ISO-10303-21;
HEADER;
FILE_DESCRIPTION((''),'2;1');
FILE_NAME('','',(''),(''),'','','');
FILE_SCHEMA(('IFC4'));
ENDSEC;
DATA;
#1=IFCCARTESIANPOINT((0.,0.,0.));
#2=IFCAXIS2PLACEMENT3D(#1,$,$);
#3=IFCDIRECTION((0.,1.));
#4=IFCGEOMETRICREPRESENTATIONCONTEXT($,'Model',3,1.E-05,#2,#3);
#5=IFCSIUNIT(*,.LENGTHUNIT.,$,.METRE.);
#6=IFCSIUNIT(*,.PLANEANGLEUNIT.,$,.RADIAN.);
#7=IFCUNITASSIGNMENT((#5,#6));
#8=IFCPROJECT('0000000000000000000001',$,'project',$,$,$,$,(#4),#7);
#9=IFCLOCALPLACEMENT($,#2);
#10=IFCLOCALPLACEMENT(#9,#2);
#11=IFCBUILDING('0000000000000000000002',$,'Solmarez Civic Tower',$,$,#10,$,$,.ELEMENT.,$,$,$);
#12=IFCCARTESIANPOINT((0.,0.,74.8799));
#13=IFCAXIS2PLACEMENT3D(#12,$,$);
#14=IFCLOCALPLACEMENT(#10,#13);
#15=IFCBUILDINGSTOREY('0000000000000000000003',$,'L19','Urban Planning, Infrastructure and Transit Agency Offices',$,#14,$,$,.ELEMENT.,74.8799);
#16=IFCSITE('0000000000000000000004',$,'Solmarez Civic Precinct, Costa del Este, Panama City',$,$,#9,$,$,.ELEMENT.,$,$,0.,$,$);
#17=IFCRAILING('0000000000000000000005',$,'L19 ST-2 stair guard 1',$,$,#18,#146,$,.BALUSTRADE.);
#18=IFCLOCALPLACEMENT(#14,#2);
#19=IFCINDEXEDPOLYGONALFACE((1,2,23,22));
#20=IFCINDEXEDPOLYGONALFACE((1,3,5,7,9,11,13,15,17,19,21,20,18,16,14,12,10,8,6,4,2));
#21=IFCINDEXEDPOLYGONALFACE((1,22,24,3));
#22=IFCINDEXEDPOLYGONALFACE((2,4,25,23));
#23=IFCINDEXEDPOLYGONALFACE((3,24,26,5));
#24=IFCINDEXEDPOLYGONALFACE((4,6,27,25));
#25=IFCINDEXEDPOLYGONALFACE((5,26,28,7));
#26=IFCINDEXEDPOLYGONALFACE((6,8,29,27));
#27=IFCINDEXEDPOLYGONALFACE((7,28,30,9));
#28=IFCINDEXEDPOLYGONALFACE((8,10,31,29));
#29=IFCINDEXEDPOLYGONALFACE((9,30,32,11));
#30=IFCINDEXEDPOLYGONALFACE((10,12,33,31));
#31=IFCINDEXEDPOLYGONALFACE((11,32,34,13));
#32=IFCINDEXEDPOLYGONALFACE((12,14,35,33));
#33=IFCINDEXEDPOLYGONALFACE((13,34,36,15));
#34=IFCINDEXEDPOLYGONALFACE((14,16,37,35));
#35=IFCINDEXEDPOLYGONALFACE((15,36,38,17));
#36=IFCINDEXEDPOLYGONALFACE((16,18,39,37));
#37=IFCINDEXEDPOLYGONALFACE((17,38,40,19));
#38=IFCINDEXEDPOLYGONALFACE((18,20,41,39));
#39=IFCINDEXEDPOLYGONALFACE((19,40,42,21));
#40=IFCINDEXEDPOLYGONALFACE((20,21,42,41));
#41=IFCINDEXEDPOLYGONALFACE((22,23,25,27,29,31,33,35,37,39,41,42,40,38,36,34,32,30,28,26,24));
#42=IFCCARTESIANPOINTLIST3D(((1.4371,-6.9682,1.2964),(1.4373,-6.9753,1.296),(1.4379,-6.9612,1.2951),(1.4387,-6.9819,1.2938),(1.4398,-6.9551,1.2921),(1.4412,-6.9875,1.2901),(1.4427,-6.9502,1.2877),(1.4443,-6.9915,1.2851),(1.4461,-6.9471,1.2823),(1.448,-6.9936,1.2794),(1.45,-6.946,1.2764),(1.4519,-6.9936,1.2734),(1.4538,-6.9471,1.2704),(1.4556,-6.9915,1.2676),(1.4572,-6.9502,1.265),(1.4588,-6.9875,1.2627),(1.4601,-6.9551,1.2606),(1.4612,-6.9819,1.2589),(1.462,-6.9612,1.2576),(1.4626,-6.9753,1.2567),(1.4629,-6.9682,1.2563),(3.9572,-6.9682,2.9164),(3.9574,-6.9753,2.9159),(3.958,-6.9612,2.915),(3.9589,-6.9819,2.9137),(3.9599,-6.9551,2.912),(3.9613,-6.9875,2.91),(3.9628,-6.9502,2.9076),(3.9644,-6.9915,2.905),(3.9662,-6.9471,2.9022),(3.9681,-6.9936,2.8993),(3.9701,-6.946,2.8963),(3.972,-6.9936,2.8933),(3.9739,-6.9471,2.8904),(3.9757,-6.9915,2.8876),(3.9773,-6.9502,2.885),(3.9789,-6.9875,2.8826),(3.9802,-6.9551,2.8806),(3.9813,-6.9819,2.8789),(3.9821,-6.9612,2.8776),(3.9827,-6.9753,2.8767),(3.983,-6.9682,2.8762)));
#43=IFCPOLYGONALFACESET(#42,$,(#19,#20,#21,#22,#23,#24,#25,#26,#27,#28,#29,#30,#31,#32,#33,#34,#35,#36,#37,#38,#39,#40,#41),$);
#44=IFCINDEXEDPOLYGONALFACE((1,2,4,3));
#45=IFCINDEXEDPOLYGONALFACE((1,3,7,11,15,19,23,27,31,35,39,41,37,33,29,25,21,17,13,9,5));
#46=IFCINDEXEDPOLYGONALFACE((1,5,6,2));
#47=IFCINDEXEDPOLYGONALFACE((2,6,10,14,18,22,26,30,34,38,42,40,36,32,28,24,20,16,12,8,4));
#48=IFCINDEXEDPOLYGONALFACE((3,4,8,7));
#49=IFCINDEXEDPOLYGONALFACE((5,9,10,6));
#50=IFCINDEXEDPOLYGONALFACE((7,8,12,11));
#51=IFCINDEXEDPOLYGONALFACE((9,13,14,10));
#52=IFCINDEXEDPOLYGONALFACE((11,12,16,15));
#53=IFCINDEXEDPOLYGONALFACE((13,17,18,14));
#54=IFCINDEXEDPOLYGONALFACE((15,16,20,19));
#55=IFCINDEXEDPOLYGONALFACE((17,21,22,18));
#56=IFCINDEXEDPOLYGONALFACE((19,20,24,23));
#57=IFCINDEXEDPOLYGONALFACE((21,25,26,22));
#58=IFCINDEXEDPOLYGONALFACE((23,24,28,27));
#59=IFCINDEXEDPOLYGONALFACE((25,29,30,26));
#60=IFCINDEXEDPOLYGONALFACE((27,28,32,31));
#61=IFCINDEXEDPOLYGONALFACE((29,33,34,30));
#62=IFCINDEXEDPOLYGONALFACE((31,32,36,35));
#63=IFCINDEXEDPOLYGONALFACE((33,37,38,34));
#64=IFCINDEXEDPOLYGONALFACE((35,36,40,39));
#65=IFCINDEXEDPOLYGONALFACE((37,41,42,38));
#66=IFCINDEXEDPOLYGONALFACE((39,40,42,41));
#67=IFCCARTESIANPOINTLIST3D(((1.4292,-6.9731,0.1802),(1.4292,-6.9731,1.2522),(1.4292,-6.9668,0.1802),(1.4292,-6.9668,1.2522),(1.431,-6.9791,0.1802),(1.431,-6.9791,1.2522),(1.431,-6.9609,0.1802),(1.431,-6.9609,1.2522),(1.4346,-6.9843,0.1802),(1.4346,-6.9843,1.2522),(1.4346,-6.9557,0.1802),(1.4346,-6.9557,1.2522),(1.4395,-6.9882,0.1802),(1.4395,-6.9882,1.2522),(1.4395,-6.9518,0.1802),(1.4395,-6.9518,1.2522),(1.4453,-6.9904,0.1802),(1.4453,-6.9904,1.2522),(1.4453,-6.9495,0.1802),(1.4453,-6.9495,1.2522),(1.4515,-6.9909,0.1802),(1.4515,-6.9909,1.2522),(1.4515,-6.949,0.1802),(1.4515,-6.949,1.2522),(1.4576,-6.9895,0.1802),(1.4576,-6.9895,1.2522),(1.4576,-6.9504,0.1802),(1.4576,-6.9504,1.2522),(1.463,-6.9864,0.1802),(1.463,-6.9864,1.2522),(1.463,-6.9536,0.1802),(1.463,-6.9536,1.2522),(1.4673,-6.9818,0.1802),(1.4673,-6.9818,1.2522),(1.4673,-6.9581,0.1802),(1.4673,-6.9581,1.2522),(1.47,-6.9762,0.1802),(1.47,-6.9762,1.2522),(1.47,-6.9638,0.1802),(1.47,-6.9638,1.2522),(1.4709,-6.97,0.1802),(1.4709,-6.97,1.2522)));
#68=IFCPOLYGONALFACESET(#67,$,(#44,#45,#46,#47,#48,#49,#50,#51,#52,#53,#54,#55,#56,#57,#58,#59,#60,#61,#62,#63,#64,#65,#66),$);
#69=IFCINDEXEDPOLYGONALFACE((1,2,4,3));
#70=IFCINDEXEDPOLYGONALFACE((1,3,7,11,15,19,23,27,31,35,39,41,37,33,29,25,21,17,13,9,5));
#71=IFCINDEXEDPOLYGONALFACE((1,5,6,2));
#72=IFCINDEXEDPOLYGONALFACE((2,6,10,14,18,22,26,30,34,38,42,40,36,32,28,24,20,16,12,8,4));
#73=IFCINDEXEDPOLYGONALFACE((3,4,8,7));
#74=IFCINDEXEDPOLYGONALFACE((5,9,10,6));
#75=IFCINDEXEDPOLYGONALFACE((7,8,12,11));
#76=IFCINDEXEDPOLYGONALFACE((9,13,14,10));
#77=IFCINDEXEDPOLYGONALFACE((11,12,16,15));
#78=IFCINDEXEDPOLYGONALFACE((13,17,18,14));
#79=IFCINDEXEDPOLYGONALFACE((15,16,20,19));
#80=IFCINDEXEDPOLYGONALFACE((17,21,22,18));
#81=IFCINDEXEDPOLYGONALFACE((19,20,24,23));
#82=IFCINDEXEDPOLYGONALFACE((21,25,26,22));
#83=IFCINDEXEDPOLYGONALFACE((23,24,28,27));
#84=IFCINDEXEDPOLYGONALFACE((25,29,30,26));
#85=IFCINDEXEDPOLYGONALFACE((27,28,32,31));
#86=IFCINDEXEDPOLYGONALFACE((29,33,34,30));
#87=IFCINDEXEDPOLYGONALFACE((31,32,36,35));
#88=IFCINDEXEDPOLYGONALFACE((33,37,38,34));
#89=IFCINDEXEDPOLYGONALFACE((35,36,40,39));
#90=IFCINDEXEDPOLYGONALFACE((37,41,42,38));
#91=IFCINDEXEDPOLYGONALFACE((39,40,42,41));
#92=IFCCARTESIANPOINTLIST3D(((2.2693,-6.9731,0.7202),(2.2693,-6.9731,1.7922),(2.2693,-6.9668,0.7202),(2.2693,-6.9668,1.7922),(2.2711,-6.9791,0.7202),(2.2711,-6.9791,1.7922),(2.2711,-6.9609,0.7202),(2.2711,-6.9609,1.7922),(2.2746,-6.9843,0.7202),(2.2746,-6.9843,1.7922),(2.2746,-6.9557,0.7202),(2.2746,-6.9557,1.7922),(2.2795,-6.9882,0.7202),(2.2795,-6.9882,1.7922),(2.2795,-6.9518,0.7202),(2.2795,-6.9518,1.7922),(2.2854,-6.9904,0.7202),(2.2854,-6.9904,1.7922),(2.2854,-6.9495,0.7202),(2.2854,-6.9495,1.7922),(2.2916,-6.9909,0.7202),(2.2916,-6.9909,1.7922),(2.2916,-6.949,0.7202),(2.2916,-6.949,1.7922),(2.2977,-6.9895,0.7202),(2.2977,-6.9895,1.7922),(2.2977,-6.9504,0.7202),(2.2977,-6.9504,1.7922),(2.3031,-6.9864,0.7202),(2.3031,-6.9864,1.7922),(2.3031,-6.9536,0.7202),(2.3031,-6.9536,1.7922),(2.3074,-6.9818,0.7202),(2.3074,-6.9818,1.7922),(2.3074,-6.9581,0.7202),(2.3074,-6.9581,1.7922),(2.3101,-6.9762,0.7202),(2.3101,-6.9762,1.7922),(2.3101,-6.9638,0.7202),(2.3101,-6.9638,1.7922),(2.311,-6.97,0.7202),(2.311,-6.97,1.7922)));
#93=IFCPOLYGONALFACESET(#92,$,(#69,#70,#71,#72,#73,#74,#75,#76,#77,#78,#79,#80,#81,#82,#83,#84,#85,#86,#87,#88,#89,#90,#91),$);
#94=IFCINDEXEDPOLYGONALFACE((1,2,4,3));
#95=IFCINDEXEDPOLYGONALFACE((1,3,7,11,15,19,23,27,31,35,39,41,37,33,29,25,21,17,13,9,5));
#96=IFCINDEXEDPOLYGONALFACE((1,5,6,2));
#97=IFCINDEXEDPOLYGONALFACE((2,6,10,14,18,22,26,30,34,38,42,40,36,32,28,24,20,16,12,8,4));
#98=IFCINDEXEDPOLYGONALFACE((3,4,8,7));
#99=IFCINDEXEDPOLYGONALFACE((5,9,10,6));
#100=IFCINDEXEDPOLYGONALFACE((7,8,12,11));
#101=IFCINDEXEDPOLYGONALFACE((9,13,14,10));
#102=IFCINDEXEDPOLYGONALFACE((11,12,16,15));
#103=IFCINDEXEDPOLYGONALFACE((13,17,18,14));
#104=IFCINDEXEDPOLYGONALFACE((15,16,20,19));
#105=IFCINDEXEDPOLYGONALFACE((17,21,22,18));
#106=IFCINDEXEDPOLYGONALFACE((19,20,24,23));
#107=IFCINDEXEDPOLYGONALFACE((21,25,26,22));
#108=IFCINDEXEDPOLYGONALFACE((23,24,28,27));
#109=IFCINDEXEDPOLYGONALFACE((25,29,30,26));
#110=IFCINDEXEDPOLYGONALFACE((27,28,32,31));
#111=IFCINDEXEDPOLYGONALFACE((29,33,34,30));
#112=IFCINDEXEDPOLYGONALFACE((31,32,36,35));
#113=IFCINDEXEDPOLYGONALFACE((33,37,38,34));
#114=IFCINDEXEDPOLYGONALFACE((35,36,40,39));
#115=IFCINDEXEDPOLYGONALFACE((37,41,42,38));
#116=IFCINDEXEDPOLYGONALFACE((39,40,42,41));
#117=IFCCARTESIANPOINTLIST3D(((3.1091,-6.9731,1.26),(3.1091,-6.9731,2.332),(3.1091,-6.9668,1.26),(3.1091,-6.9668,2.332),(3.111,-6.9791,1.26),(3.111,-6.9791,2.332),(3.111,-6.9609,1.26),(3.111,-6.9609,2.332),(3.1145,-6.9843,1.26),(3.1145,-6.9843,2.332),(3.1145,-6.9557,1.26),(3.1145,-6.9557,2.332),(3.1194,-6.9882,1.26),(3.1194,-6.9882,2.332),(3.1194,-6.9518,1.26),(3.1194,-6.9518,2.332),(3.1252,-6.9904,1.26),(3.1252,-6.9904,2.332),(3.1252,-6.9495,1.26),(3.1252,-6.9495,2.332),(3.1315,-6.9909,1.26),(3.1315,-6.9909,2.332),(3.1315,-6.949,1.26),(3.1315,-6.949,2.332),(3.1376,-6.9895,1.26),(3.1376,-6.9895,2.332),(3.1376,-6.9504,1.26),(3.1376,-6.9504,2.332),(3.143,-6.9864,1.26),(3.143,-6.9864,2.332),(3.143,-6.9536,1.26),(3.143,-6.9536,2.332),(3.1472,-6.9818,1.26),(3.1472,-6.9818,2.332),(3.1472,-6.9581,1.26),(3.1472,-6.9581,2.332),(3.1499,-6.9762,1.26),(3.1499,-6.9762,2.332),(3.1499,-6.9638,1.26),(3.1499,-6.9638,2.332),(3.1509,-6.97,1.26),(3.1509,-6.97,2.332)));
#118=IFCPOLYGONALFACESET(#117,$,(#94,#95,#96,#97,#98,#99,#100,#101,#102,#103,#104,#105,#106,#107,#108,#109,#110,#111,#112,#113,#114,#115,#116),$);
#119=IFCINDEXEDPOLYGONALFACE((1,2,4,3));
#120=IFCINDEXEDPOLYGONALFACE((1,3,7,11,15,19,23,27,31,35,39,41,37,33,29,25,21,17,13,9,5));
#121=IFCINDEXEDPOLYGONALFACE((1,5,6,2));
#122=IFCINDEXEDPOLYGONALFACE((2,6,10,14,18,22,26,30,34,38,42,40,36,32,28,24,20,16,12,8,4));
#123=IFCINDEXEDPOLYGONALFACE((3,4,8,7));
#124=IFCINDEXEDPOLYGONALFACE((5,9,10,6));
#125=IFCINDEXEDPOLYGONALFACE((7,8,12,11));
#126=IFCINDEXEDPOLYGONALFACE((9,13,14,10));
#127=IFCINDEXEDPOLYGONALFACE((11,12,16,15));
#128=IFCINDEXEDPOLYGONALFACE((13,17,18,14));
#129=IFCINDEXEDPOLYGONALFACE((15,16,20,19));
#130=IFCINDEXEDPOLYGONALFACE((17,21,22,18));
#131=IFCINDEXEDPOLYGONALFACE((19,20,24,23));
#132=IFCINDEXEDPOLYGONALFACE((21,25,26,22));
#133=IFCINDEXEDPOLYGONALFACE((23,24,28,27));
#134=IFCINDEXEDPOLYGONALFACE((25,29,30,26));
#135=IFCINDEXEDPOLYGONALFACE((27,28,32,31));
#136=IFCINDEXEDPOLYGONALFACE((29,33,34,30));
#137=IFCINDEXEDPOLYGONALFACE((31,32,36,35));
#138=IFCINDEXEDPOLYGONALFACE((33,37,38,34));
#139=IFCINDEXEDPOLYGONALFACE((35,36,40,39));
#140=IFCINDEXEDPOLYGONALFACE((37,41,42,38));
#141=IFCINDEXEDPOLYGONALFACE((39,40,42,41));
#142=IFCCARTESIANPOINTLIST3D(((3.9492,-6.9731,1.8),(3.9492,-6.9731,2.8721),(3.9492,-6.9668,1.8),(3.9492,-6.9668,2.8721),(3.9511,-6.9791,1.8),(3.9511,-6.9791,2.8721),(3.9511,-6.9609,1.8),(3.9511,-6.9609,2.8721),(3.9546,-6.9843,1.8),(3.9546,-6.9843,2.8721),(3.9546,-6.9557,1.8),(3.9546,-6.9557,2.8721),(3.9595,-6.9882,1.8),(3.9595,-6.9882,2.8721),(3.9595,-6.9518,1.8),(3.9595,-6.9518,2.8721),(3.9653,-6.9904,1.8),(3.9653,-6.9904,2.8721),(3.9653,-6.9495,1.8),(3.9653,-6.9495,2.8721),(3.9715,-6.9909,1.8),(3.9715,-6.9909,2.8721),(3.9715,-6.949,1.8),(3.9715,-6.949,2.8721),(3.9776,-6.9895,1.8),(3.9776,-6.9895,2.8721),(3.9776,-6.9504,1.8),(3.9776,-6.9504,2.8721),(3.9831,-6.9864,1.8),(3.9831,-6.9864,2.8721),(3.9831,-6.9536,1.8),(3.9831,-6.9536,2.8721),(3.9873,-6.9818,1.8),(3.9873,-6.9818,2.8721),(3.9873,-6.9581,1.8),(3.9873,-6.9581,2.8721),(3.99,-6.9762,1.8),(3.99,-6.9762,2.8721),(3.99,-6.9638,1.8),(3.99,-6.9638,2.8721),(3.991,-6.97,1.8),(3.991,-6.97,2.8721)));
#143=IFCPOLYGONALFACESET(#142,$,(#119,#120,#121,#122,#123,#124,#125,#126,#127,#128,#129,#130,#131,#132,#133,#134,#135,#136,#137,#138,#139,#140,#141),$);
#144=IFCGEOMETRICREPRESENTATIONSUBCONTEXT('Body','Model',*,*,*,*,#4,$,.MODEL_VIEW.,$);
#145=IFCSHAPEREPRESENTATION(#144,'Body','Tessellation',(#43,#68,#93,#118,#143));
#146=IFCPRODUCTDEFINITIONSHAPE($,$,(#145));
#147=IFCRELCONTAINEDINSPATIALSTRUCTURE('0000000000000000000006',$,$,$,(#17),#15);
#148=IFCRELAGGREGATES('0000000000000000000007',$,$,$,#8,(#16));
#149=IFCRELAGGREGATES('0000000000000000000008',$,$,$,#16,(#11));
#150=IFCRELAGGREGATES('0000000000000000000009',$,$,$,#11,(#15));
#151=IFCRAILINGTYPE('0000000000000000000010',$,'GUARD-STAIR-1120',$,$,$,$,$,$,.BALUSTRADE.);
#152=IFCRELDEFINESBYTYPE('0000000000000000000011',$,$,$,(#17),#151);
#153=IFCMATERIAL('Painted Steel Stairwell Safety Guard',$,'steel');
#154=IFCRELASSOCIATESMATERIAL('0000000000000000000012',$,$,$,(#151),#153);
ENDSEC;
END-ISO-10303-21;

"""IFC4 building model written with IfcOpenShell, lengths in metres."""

from ifc_helpers import new_model, si_unit, direction, frame, origin, origin_2d, place, context, subcontext, project, spatial, circle, extrude, material, type_object, element, save


model = new_model("IFC4")

# Units and contexts
model_context = context("Model", 3, precision=1e-05, world=origin(), true_north=direction((0.0, 1.0)))
body_context = subcontext(model_context, "Body", "Model", "MODEL_VIEW")
ifc_project = project(units=[si_unit("LENGTHUNIT", "METRE"), si_unit("PLANEANGLEUNIT", "RADIAN")], contexts=[model_context])

# Site, building, storey
site_placement = place(None, origin())
site = spatial("IfcSite", under=ifc_project, at=site_placement, Name="Solmarez Civic Precinct, Costa del Este, Panama City", CompositionType="ELEMENT", RefElevation=0.0)
building_placement = place(site_placement, origin())
building = spatial("IfcBuilding", under=site, at=building_placement, Name="Solmarez Civic Tower", CompositionType="ELEMENT")
storey_placement = place(building_placement, frame((0.0, 0.0, 74.8799)))
storey = spatial("IfcBuildingStorey", under=building, at=storey_placement, Name="L19", Description="Urban Planning, Infrastructure and Transit Agency Offices", CompositionType="ELEMENT", Elevation=74.8799)

# Railing
ifc_material_1 = material(Name="Painted Steel Stairwell Safety Guard", Category="steel")
railing_type_1 = type_object("IfcRailingType", Name="GUARD-STAIR-1120", PredefinedType="BALUSTRADE", material=ifc_material_1)
railing_1_placement = place(storey_placement, frame((1.45, -6.97, 0.1802)))
element("IfcRailing", 1, at=railing_1_placement, inside=storey, type_object=railing_type_1, Name="L19 ST-2 stair guard 1", PredefinedType="BALUSTRADE", context=body_context, shape_type="SweptSolid", body=[
    extrude(circle(Radius=0.0239, at=origin_2d()), frame((0.0, 0.0, 1.0962), z_axis=(0.8412, 0.0, 0.540725), x_axis=(0.0, 1.0, 0.0)), (0.0, 0.0, 1.0), 2.9958),
    extrude(circle(Radius=0.021, at=origin_2d()), origin(), (0.0, 0.0, 1.0), 1.072),
    extrude(circle(Radius=0.021, at=origin_2d()), frame((0.8401, 0.0, 0.54)), (0.0, 0.0, 1.0), 1.072),
    extrude(circle(Radius=0.021, at=origin_2d()), frame((1.6799, 0.0, 1.0798)), (0.0, 0.0, 1.0), 1.072),
    extrude(circle(Radius=0.021, at=origin_2d()), frame((2.52, 0.0, 1.6199)), (0.0, 0.0, 1.0), 1.072),
])

save(model, "model.ifc")
